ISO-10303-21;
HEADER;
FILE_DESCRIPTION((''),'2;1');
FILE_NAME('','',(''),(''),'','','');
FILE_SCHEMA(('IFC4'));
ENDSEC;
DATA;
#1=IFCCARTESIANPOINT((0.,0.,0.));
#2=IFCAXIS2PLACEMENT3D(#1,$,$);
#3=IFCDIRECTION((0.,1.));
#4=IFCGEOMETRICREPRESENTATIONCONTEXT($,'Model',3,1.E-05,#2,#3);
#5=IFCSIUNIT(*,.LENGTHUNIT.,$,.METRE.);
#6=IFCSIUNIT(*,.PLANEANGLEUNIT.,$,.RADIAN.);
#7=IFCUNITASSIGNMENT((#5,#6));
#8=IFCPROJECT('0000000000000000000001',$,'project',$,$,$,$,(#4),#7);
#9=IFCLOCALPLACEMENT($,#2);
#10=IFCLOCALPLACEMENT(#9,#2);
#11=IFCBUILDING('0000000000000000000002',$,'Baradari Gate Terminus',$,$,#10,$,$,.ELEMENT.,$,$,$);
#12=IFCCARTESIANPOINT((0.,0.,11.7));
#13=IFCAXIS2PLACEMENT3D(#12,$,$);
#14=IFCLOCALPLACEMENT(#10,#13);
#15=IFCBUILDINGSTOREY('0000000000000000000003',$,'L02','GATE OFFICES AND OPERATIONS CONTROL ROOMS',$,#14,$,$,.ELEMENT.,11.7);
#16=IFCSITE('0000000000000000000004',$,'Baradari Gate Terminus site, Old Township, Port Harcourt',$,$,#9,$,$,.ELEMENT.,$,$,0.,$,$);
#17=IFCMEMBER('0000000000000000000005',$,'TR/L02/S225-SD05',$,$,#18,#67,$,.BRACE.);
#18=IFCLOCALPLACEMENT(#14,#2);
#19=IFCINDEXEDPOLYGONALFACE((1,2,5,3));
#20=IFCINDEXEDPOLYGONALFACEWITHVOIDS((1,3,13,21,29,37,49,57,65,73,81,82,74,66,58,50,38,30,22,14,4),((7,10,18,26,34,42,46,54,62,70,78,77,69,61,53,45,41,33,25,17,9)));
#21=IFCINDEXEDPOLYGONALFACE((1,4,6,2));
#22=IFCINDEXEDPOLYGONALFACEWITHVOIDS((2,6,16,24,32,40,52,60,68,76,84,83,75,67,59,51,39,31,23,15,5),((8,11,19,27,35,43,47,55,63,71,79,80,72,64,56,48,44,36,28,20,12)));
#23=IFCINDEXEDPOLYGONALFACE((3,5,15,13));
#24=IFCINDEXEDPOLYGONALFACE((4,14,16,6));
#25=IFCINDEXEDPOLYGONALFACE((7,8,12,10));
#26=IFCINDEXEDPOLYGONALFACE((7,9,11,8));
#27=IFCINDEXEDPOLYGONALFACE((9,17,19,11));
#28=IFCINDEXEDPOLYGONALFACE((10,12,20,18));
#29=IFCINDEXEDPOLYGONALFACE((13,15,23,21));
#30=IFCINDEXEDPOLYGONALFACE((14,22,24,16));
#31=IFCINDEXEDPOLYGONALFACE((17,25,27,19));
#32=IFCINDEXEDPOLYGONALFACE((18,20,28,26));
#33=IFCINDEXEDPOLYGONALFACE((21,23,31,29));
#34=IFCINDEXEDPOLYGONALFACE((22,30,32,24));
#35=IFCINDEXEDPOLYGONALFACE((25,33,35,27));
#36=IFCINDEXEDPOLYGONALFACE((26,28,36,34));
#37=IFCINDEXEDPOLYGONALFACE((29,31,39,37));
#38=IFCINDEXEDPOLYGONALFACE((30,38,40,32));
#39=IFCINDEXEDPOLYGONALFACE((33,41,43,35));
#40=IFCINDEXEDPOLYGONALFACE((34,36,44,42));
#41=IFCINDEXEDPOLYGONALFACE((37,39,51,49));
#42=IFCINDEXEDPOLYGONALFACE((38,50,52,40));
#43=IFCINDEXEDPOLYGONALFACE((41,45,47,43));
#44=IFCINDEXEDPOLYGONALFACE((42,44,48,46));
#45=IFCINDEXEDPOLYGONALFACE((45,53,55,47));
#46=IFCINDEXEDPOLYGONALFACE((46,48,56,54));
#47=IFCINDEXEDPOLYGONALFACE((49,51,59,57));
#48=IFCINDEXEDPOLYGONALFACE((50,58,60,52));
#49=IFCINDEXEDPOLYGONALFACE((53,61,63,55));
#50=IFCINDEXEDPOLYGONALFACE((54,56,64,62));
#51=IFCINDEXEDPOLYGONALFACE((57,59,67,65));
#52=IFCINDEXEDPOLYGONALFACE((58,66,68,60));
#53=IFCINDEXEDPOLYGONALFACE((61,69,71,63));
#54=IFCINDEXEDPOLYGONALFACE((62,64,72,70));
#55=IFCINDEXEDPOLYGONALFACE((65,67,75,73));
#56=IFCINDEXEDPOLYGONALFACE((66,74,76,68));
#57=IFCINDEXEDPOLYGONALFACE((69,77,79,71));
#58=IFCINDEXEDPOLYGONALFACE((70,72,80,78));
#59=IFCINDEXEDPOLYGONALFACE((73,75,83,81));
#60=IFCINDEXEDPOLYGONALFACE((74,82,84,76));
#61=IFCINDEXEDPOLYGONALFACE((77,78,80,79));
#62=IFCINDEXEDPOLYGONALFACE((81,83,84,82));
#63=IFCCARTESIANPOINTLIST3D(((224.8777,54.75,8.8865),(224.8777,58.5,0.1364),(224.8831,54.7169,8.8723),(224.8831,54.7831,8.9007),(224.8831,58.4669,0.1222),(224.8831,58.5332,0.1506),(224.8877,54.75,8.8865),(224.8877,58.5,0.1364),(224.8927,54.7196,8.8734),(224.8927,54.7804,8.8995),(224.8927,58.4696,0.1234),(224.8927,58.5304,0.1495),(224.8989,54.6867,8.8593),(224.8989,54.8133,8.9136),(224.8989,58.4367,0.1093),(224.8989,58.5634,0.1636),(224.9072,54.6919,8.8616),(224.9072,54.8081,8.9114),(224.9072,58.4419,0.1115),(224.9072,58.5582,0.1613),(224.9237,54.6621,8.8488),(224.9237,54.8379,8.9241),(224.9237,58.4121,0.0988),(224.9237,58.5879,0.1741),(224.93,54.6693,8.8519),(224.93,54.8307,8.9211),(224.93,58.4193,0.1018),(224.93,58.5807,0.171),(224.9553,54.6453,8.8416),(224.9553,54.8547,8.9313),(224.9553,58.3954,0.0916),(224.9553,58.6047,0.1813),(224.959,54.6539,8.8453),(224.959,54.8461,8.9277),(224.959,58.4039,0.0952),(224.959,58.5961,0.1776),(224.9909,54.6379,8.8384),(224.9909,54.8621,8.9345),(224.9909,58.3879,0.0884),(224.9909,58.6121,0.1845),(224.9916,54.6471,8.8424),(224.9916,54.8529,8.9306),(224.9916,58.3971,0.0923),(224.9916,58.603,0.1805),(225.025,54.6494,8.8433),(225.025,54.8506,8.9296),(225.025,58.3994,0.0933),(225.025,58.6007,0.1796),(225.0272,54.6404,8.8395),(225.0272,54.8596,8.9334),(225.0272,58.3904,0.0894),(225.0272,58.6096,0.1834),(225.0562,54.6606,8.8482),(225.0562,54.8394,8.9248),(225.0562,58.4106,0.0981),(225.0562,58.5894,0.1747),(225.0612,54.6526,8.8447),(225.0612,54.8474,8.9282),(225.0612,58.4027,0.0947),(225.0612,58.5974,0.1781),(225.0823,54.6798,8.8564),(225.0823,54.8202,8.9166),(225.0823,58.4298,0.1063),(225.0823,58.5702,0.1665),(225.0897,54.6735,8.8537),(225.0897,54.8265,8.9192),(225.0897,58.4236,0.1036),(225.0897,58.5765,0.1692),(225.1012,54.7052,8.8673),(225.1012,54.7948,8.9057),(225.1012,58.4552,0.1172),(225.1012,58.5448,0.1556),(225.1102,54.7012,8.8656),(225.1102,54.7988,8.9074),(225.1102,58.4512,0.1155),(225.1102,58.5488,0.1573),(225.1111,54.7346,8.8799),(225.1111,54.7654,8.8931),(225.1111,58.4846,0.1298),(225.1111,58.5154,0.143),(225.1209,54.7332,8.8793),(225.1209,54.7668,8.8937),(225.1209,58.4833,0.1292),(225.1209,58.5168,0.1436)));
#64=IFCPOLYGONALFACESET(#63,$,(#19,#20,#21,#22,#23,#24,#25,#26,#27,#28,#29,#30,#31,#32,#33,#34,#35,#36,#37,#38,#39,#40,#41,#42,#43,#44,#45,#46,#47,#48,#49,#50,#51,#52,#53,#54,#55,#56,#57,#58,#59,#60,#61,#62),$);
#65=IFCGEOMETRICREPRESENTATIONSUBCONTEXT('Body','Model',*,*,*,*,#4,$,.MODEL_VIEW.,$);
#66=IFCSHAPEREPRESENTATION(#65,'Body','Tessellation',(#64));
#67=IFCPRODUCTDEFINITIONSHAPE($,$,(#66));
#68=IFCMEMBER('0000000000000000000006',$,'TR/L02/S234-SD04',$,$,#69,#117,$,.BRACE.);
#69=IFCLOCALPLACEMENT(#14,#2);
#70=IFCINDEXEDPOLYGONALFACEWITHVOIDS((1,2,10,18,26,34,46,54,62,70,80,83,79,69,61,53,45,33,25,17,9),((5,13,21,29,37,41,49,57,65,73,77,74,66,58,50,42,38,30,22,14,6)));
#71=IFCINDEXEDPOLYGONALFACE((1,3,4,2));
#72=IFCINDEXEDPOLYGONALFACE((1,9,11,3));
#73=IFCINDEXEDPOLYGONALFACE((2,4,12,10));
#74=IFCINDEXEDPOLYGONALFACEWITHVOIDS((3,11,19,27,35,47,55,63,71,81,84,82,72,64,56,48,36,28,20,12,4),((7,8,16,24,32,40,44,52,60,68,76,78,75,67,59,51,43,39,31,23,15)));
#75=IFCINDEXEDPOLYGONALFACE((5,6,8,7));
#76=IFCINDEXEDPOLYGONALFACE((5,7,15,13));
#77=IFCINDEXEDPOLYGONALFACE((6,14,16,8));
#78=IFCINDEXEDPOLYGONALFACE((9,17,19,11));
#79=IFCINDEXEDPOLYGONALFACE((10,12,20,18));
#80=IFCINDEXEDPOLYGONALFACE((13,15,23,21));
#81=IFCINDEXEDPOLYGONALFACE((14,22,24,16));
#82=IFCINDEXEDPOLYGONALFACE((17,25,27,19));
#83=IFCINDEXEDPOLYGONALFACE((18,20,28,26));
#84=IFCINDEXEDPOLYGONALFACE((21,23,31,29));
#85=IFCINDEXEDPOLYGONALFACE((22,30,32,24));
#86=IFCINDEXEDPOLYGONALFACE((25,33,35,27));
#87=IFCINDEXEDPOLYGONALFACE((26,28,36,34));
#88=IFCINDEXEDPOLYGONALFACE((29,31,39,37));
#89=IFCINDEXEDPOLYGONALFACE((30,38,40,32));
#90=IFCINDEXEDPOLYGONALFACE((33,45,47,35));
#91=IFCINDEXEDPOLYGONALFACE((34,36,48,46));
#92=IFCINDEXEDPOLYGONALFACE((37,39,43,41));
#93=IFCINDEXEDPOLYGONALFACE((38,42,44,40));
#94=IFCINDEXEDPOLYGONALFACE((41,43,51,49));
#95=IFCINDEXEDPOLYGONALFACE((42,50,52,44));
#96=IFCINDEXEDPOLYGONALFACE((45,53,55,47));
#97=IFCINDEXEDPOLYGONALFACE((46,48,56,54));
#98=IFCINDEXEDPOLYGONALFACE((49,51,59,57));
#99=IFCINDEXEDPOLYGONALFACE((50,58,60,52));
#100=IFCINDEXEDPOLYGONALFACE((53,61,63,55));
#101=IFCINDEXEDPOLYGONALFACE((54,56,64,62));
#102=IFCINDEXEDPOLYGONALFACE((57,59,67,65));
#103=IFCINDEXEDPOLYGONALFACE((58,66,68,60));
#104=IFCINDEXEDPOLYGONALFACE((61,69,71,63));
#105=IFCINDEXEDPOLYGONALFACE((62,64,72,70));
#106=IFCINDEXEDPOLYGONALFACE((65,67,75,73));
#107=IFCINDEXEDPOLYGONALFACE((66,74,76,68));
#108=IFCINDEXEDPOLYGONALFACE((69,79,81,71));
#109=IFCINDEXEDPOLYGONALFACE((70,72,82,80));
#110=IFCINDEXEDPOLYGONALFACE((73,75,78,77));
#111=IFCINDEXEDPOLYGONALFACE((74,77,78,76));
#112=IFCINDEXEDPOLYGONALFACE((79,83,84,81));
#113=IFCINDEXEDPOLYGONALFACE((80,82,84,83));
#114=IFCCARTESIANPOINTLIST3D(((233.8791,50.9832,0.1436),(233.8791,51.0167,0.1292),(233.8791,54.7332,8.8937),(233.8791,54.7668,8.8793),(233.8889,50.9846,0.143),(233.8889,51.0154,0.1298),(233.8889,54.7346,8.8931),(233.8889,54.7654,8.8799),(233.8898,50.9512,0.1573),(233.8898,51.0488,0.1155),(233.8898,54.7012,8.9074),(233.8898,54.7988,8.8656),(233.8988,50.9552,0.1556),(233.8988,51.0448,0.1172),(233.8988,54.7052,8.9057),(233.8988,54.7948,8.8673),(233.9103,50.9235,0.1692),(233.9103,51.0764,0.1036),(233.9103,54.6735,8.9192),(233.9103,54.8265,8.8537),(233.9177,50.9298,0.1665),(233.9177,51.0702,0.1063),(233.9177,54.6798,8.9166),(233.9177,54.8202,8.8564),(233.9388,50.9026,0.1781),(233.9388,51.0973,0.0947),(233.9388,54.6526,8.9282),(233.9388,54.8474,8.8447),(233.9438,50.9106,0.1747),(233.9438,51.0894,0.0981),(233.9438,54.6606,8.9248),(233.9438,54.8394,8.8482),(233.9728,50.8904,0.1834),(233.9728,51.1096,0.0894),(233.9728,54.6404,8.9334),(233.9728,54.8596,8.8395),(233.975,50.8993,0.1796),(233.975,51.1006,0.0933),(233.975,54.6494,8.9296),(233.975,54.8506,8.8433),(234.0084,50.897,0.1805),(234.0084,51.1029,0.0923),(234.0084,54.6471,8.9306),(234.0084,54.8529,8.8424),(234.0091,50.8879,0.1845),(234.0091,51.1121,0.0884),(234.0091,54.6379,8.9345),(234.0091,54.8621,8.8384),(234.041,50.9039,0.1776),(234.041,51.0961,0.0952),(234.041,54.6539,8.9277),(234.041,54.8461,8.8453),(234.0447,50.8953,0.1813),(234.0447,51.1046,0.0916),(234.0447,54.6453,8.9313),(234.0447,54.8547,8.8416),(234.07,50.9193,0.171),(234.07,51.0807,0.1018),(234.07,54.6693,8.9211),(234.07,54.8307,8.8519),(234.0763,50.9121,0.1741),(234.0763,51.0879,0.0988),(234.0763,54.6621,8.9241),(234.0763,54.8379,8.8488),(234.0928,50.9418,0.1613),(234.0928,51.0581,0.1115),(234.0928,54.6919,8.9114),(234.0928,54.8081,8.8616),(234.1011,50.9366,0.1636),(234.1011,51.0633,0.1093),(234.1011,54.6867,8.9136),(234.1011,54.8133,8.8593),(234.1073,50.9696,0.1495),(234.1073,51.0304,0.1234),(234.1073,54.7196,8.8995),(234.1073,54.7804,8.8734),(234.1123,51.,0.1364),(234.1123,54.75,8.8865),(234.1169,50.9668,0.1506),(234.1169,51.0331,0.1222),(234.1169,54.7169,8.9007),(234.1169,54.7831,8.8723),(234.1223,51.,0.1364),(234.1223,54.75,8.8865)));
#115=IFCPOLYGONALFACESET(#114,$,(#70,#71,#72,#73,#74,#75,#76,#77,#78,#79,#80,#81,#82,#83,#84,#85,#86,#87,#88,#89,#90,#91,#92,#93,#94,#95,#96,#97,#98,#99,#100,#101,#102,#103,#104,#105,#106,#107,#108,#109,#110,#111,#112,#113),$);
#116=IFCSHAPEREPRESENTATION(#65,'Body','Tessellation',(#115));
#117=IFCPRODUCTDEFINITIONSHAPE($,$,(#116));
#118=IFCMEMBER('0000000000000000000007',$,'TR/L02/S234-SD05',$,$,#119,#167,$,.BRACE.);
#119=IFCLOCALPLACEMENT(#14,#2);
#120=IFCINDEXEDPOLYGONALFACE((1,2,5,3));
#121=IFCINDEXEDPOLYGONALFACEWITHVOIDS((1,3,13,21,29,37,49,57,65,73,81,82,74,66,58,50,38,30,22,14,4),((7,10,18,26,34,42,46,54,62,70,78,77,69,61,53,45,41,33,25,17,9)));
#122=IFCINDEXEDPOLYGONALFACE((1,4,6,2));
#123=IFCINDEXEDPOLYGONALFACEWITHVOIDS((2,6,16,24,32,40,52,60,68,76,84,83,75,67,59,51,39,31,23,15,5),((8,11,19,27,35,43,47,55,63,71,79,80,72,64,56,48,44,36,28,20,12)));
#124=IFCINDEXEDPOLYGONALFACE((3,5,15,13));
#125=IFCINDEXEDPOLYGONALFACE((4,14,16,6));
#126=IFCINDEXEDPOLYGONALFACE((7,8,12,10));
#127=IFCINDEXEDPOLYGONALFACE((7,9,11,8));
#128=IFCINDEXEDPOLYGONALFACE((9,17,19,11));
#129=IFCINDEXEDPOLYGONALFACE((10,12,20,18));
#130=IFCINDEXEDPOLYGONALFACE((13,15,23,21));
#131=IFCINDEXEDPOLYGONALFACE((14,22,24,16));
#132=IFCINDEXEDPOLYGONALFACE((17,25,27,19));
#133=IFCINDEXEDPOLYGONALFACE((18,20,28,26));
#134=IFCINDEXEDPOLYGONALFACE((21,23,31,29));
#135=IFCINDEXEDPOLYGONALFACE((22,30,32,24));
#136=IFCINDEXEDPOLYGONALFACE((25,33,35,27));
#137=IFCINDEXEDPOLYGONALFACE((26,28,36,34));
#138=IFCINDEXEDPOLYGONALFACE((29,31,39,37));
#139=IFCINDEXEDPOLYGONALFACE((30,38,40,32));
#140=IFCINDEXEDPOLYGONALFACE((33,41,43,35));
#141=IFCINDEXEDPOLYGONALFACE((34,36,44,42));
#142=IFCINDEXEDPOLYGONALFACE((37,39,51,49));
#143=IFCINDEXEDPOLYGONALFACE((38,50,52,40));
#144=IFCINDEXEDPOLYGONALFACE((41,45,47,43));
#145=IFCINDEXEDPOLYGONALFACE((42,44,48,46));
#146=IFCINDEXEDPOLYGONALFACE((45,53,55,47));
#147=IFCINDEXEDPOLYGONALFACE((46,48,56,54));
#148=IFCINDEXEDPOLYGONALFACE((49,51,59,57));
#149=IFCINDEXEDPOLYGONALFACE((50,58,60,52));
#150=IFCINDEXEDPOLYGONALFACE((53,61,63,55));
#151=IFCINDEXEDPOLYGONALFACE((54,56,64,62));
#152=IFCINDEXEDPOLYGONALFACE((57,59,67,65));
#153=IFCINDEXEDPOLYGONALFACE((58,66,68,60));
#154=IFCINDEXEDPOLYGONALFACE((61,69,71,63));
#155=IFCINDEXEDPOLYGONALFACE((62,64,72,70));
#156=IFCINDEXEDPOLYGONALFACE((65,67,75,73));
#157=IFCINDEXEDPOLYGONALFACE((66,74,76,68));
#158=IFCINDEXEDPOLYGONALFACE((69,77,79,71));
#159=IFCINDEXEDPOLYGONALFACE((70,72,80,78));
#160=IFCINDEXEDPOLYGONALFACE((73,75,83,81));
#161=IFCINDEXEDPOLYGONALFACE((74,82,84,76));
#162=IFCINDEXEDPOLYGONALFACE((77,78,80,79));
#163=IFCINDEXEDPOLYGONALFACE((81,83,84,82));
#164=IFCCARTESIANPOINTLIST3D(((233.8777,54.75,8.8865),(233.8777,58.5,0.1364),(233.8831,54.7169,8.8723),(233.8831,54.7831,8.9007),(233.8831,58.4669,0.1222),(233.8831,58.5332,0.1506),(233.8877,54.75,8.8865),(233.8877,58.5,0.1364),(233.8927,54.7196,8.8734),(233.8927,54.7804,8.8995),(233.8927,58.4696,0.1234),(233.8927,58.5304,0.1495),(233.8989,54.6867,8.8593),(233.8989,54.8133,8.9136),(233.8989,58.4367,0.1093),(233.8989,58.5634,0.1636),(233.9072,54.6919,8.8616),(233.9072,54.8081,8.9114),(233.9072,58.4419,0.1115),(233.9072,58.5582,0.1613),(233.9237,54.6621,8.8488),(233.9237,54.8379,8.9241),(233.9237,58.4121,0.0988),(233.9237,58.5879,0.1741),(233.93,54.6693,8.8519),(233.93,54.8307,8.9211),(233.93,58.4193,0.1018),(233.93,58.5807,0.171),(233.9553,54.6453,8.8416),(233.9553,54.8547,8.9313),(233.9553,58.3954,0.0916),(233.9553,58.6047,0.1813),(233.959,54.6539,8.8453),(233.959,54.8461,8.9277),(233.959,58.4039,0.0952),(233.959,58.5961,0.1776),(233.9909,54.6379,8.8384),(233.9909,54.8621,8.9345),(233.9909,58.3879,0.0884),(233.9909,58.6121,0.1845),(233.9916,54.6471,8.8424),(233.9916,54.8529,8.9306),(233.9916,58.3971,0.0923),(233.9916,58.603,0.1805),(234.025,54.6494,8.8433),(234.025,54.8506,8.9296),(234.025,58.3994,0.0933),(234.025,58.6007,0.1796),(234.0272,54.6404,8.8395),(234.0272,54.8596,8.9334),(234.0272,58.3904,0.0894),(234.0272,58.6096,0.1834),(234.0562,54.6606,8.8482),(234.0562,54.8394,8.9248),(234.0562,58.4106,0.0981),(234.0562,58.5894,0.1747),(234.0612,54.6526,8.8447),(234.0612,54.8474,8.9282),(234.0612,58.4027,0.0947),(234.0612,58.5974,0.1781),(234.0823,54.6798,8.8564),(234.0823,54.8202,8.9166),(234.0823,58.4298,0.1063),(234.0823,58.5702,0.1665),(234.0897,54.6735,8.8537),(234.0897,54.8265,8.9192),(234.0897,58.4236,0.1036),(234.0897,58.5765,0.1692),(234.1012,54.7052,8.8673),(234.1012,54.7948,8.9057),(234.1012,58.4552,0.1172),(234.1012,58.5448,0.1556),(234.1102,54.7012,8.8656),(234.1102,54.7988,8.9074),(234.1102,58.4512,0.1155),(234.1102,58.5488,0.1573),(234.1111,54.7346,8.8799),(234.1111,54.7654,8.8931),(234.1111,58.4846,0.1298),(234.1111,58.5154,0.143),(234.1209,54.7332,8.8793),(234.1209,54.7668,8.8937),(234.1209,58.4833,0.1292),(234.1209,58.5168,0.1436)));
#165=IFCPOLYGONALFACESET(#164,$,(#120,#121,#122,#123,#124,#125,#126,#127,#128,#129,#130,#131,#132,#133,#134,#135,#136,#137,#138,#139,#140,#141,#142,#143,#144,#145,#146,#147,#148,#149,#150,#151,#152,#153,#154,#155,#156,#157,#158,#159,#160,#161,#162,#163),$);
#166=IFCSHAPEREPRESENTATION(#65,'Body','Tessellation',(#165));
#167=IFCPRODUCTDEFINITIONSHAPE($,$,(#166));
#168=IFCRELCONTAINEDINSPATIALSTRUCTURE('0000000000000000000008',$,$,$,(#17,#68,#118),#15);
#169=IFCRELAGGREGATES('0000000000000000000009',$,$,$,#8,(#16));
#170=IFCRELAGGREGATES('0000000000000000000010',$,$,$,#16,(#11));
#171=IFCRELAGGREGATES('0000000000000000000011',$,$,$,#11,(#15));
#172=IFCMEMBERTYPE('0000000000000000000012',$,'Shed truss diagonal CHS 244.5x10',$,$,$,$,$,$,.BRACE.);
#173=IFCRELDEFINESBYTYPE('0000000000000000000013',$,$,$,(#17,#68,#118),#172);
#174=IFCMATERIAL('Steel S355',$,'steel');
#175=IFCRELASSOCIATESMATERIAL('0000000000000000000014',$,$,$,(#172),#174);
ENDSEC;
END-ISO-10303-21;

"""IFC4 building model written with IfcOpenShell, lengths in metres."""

from ifc_helpers import new_model, si_unit, direction, frame, origin, origin_2d, place, context, subcontext, project, spatial, hollow_circle, extrude, material, material_profile, profile_set, type_object, element, save


model = new_model("IFC4")

# Units and contexts
model_context = context("Model", 3, precision=1e-05, world=origin(), true_north=direction((0.0, 1.0)))
body_context = subcontext(model_context, "Body", "Model", "MODEL_VIEW")
ifc_project = project(units=[si_unit("LENGTHUNIT", "METRE"), si_unit("PLANEANGLEUNIT", "RADIAN")], contexts=[model_context])

# Site, building, storey
site_placement = place(None, origin())
site = spatial("IfcSite", under=ifc_project, at=site_placement, Name="Baradari Gate Terminus site, Old Township, Port Harcourt", CompositionType="ELEMENT", RefElevation=0.0)
building_placement = place(site_placement, origin())
building = spatial("IfcBuilding", under=site, at=building_placement, Name="Baradari Gate Terminus", CompositionType="ELEMENT")
storey_placement = place(building_placement, frame((0.0, 0.0, 11.7)))
storey = spatial("IfcBuildingStorey", under=building, at=storey_placement, Name="L02", Description="GATE OFFICES AND OPERATIONS CONTROL ROOMS", CompositionType="ELEMENT", Elevation=11.7)

# Members
ifc_material_1 = material(Name="Steel S355", Category="steel")
ifc_material_profile_1 = material_profile(ifc_material_1, hollow_circle(Radius=0.1223, WallThickness=0.01, at=origin_2d()), Name="CHS 244.5x10")
ifc_profile_set_1 = profile_set([ifc_material_profile_1], Name="Steel S355")
member_type_1 = type_object("IfcMemberType", Name="Shed truss diagonal CHS 244.5x10", PredefinedType="BRACE", material=ifc_profile_set_1)
for number, where, z_axis, x_axis, name in (
    (1, (225.0, 54.75, 8.8865), (0.0, 0.393919, -0.919145), (-1.0, 0.0, 0.0), "TR/L02/S225-SD05"),
    (2, (234.0, 54.75, 8.8865), (0.0, -0.393919, -0.919145), (1.0, 0.0, 0.0), "TR/L02/S234-SD04"),
    (3, (234.0, 54.75, 8.8865), (0.0, 0.393919, -0.919145), (-1.0, 0.0, 0.0), "TR/L02/S234-SD05"),
):
    element("IfcMember", number, at=place(storey_placement, frame(where, z_axis=z_axis, x_axis=x_axis)), inside=storey, type_object=member_type_1, Name=name, PredefinedType="BRACE", context=body_context, shape_type="SweptSolid", body=[
        extrude(hollow_circle(Radius=0.1223, WallThickness=0.01, at=origin_2d()), origin(), (0.0, 0.0, 1.0), 9.5198),
    ])

save(model, "model.ifc")
